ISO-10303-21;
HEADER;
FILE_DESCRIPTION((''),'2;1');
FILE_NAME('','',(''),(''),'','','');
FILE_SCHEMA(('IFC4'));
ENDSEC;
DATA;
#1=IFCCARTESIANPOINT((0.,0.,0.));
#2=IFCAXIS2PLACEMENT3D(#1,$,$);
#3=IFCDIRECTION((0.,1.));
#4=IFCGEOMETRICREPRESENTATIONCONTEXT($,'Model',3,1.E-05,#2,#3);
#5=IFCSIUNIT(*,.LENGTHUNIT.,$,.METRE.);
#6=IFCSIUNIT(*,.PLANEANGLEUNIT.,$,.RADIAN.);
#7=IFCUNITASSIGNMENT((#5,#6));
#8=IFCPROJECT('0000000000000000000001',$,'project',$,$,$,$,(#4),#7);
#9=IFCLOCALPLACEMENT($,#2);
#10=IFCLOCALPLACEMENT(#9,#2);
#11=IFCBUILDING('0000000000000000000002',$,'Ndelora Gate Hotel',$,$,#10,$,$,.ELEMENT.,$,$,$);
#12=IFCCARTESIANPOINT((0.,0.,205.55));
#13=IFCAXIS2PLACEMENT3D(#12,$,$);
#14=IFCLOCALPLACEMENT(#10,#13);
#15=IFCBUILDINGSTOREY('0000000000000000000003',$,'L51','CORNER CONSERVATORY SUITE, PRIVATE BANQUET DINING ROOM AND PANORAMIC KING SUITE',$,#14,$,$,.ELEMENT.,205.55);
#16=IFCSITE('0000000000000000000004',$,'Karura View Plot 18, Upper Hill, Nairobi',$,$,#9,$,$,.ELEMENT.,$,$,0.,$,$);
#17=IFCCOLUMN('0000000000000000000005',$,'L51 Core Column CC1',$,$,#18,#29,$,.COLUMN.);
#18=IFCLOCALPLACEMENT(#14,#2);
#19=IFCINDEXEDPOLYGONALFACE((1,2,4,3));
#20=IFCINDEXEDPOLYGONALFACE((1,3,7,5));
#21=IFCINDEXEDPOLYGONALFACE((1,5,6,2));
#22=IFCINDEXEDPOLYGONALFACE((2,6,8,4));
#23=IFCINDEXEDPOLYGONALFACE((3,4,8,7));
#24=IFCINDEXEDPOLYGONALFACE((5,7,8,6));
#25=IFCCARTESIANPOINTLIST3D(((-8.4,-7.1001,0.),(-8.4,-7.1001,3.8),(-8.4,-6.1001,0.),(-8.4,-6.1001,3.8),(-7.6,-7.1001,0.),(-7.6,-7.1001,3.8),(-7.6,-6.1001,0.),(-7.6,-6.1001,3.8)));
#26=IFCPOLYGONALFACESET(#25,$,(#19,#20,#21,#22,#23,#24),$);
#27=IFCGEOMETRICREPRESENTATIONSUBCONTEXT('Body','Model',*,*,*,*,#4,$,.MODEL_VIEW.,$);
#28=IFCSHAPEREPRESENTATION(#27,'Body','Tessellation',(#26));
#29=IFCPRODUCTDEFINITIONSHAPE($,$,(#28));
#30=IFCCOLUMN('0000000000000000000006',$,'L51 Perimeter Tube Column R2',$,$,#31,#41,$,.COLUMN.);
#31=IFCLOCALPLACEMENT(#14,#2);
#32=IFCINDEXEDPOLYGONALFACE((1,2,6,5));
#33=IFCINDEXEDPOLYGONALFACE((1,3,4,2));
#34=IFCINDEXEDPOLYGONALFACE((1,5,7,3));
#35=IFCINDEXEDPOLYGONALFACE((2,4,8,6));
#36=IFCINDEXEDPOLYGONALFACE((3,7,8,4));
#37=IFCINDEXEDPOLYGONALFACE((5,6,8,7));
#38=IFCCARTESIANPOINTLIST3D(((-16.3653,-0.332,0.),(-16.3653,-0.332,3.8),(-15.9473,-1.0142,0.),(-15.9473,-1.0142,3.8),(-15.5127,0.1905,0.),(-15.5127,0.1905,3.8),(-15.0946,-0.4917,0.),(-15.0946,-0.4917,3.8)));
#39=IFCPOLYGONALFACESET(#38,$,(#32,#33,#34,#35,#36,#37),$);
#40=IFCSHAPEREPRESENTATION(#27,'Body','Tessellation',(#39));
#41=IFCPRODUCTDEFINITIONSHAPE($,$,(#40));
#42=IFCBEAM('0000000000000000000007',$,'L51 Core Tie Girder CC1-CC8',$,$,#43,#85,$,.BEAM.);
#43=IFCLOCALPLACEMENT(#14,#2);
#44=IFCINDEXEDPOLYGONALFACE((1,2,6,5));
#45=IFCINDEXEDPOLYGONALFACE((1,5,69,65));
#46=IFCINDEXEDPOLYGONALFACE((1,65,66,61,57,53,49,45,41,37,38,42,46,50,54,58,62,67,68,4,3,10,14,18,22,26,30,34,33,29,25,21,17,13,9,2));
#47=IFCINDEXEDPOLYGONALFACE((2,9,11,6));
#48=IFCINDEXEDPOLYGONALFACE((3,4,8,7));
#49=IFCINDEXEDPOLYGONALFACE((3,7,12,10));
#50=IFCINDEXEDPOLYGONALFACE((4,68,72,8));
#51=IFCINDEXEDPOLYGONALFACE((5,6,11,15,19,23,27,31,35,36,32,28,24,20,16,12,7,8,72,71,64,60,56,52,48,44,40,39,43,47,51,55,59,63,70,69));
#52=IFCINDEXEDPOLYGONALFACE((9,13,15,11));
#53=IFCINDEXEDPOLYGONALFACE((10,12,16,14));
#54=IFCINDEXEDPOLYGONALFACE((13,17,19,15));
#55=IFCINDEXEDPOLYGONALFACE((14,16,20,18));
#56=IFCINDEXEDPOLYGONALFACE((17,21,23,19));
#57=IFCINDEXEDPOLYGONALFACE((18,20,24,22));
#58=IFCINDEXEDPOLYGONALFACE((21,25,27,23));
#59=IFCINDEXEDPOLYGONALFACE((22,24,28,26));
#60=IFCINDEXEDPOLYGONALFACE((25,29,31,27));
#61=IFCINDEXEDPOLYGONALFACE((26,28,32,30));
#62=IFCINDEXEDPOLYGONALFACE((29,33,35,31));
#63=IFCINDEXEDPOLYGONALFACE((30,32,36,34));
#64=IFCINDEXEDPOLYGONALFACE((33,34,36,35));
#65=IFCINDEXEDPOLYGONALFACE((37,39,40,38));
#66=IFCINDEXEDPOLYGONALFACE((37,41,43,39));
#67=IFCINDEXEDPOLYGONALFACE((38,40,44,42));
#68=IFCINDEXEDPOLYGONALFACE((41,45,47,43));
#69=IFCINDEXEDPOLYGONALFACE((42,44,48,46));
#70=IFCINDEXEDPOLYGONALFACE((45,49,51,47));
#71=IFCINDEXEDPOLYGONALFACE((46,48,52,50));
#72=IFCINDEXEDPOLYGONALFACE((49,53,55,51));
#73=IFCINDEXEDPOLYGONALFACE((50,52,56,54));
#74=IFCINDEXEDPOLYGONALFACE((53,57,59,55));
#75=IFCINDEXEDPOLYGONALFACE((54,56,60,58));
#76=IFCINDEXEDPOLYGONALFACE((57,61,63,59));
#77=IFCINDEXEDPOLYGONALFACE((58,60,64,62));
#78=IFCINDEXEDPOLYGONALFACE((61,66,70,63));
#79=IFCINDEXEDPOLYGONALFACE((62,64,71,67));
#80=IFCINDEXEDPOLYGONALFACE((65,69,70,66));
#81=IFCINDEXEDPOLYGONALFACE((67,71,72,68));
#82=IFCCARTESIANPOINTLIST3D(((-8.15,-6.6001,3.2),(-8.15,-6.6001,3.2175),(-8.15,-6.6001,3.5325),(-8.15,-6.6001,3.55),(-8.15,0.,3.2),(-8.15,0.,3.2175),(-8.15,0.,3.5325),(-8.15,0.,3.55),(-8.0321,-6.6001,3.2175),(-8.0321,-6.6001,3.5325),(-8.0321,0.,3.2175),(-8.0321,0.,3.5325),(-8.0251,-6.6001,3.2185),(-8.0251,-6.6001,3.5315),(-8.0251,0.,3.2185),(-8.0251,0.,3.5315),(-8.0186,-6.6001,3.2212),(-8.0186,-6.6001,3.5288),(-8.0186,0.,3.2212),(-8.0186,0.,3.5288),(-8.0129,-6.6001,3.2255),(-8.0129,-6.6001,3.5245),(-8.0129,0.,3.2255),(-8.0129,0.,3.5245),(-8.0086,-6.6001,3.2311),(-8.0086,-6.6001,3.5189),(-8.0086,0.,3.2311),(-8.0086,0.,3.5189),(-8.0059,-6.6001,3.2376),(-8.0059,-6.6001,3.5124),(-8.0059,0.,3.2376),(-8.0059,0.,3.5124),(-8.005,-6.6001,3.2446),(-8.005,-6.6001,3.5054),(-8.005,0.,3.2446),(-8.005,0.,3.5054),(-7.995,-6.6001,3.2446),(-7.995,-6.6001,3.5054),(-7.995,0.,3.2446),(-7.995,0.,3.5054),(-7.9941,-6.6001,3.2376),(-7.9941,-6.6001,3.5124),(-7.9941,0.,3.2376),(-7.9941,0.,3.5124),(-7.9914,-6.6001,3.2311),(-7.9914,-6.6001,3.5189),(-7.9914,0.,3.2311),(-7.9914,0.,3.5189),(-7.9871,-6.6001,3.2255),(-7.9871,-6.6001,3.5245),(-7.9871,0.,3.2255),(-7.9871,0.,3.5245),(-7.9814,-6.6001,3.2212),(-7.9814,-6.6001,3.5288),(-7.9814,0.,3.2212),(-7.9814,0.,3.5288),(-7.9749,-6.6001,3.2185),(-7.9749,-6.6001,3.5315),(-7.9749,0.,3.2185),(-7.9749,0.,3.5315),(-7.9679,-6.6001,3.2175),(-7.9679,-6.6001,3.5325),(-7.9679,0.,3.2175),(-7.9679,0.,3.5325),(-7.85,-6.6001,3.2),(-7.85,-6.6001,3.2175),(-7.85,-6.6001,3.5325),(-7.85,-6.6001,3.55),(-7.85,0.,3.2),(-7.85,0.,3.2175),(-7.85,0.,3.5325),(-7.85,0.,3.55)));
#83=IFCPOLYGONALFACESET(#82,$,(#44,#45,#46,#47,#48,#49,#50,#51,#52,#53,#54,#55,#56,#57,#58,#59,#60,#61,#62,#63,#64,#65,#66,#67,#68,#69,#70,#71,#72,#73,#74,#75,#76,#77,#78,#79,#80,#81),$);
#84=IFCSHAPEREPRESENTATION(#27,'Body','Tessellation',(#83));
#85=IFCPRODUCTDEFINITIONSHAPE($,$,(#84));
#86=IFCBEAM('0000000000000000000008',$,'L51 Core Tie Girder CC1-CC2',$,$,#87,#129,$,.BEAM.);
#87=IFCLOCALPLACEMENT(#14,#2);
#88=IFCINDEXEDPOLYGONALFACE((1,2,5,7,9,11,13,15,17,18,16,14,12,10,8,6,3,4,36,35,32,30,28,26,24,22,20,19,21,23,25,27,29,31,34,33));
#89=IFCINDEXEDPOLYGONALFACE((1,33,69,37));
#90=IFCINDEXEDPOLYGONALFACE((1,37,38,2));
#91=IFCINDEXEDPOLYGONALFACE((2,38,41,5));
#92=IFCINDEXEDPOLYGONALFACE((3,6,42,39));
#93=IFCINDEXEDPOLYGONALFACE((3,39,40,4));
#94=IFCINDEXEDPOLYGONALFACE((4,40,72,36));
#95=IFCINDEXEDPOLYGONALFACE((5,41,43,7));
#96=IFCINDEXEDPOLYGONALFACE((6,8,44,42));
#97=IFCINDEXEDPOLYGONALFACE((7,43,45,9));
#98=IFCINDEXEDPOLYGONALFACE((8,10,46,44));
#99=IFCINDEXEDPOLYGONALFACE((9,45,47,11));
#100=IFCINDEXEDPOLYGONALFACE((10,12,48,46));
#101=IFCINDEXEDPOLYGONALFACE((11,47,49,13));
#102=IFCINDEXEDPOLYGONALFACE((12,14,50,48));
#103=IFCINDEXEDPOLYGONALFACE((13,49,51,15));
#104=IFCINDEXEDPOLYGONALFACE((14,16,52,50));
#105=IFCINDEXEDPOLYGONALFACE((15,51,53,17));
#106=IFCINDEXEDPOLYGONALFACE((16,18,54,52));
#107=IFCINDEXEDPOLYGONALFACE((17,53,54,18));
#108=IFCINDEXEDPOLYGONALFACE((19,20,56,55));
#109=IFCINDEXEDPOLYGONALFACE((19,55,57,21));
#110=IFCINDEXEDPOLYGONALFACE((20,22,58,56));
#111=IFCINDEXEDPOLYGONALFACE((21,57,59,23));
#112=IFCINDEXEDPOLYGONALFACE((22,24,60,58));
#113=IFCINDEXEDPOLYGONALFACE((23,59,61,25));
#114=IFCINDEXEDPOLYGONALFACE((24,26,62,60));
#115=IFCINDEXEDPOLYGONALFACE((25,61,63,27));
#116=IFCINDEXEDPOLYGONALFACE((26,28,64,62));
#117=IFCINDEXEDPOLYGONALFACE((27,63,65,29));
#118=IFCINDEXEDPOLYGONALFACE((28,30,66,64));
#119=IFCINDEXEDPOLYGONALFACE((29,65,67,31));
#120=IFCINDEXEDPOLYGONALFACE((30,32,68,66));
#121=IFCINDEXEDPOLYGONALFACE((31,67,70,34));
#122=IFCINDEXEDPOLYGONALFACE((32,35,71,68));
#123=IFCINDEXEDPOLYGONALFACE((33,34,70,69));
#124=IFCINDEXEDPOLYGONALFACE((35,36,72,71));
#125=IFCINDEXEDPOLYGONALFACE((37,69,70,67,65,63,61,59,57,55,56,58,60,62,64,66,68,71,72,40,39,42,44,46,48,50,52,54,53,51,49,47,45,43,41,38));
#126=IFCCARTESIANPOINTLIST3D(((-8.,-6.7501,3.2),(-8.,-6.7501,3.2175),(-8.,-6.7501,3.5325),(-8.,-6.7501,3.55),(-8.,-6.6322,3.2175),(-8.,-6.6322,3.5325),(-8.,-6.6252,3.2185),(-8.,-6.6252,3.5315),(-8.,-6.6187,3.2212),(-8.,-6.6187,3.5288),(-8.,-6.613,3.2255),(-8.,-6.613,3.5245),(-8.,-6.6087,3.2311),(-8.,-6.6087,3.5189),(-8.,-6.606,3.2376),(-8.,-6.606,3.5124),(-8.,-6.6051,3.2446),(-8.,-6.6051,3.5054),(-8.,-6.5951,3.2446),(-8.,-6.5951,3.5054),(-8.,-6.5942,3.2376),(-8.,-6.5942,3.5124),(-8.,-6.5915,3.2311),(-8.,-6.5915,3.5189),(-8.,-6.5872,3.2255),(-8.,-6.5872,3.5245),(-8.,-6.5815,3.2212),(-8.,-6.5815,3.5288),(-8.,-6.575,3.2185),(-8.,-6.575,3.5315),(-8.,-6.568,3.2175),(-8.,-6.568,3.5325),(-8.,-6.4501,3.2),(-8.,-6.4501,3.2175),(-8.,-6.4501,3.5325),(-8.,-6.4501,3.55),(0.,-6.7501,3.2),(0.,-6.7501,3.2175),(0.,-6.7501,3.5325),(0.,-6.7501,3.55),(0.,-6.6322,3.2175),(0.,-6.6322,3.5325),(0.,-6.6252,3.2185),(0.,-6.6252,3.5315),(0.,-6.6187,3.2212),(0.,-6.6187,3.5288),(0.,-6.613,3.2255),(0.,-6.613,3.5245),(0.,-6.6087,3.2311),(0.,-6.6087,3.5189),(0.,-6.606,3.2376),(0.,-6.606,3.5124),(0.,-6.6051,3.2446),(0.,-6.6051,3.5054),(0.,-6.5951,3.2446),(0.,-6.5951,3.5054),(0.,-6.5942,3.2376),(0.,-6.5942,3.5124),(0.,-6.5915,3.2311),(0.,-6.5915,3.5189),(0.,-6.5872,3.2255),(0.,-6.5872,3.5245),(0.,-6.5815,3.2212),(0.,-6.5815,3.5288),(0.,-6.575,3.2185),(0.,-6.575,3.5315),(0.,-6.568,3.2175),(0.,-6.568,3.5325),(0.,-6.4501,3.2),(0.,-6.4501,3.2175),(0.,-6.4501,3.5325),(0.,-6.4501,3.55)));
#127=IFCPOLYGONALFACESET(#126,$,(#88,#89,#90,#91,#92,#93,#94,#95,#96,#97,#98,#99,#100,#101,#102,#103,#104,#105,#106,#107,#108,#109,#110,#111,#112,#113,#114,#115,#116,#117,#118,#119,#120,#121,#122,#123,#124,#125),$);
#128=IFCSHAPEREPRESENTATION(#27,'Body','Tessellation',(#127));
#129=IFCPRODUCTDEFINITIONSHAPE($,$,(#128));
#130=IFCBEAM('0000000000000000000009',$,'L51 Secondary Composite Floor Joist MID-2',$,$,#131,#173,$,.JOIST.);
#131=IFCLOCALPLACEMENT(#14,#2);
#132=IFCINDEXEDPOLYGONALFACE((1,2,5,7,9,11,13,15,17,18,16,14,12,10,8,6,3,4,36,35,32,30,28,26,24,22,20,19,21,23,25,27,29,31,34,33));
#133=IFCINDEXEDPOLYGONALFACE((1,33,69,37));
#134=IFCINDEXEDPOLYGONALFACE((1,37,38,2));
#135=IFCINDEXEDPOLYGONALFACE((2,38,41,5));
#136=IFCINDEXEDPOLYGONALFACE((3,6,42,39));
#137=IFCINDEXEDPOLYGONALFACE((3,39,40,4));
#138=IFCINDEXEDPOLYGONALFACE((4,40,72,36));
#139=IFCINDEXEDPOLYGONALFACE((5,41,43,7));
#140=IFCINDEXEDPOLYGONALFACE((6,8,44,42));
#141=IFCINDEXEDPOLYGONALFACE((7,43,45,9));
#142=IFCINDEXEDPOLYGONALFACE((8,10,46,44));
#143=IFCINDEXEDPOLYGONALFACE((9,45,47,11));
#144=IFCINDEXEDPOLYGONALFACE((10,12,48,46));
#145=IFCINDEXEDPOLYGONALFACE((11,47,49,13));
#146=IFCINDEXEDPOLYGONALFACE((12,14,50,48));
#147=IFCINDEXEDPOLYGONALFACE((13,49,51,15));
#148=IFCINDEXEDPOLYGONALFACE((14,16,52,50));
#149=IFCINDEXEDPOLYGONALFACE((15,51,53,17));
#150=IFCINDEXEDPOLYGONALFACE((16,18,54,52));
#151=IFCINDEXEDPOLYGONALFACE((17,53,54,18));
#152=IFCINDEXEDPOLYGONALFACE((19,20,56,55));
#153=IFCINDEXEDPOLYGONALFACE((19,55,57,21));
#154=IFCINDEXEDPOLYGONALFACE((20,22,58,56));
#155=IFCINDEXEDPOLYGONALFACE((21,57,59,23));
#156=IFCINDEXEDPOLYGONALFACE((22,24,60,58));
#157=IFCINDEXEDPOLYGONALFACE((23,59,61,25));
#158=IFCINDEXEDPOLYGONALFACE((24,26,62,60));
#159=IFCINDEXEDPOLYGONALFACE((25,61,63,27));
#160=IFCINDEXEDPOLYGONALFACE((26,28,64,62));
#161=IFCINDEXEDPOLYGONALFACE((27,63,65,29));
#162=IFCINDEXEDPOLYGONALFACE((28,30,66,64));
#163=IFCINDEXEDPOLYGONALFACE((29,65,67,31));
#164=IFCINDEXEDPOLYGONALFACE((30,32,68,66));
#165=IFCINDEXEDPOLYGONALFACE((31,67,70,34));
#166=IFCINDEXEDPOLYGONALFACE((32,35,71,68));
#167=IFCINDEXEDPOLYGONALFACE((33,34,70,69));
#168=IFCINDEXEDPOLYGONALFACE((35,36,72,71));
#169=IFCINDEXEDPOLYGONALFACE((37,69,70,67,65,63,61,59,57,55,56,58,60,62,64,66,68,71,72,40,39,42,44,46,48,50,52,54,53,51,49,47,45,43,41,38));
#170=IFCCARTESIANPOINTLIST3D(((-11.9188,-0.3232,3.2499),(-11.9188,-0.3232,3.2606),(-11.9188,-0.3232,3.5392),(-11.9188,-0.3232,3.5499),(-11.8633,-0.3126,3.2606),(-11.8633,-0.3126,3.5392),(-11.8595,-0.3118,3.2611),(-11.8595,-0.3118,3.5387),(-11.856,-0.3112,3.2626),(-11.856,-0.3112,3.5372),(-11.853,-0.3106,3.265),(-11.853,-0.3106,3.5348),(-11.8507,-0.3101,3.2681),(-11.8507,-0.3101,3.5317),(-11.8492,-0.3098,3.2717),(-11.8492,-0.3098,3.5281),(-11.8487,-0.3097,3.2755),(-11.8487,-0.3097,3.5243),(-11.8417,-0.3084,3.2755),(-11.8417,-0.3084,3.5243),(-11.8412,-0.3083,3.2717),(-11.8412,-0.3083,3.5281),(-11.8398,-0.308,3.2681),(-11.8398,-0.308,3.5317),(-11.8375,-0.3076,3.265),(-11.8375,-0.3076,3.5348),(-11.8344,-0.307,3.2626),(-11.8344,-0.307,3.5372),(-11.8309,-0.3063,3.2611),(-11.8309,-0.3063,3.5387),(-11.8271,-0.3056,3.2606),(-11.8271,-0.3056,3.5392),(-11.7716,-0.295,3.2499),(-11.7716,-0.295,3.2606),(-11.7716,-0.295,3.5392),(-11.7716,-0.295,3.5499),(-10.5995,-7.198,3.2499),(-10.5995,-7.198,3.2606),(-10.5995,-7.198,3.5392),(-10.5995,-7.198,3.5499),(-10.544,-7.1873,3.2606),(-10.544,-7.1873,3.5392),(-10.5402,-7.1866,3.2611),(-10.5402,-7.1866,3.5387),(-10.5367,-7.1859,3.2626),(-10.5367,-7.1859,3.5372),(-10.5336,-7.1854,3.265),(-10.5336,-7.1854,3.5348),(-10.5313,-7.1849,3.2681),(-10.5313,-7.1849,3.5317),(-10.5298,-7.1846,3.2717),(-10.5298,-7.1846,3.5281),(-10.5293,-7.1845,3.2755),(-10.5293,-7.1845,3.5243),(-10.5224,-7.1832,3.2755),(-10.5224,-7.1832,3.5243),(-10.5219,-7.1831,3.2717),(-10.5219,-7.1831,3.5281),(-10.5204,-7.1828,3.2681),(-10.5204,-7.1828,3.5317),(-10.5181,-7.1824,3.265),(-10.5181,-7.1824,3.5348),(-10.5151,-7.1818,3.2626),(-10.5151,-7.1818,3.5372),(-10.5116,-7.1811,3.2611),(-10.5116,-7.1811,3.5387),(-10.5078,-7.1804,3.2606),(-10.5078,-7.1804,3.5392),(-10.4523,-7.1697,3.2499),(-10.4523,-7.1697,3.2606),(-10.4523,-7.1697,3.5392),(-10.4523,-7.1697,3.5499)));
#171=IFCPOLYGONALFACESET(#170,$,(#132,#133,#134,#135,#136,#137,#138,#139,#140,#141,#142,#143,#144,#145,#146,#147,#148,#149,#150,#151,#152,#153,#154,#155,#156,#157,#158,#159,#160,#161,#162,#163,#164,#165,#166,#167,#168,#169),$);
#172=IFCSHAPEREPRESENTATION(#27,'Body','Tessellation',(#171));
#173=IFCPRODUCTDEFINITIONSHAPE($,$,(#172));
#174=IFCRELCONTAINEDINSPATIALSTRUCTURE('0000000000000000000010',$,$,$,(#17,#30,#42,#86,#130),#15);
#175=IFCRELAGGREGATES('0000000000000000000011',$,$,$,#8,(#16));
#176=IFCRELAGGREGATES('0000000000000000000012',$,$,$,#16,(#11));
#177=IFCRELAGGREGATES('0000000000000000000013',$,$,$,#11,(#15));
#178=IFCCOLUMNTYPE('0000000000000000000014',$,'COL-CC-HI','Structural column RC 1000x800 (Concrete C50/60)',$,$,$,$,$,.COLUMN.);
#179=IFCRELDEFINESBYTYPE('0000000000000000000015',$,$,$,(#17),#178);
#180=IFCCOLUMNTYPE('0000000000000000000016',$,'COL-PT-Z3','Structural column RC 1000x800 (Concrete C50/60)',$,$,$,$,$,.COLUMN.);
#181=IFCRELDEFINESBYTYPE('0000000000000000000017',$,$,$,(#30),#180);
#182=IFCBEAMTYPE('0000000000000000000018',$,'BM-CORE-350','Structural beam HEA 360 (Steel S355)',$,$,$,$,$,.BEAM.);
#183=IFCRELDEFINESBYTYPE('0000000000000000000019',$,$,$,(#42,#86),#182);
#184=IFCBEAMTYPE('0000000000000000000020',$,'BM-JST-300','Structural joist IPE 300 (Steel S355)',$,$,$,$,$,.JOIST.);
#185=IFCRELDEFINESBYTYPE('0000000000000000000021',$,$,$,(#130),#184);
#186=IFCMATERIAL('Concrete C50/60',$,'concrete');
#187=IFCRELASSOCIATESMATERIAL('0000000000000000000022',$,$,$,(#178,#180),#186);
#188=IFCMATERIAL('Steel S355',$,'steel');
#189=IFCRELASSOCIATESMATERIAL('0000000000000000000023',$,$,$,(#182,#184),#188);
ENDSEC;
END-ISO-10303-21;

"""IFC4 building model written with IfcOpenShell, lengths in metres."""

from ifc_helpers import new_model, si_unit, direction, frame, origin, origin_2d, place, context, subcontext, project, spatial, rectangle, i_section, extrude, material, material_profile, profile_set, type_object, element, save


model = new_model("IFC4")

# Units and contexts
model_context = context("Model", 3, precision=1e-05, world=origin(), true_north=direction((0.0, 1.0)))
body_context = subcontext(model_context, "Body", "Model", "MODEL_VIEW")
ifc_project = project(units=[si_unit("LENGTHUNIT", "METRE"), si_unit("PLANEANGLEUNIT", "RADIAN")], contexts=[model_context])

# Site, building, storey
site_placement = place(None, origin())
site = spatial("IfcSite", under=ifc_project, at=site_placement, Name="Karura View Plot 18, Upper Hill, Nairobi", CompositionType="ELEMENT", RefElevation=0.0)
building_placement = place(site_placement, origin())
building = spatial("IfcBuilding", under=site, at=building_placement, Name="Ndelora Gate Hotel", CompositionType="ELEMENT")
storey_placement = place(building_placement, frame((0.0, 0.0, 205.55)))
storey = spatial("IfcBuildingStorey", under=building, at=storey_placement, Name="L51", Description="CORNER CONSERVATORY SUITE, PRIVATE BANQUET DINING ROOM AND PANORAMIC KING SUITE", CompositionType="ELEMENT", Elevation=205.55)

# Columns
ifc_material_1 = material(Name="Concrete C50/60", Category="concrete")
ifc_material_profile_1 = material_profile(ifc_material_1, rectangle(XDim=0.8, YDim=1.0, at=origin_2d()), Name="RC 1000x800")
ifc_profile_set_1 = profile_set([ifc_material_profile_1], Name="Concrete C50/60")
column_type_1 = type_object("IfcColumnType", Name="COL-CC-HI", Description="Structural column RC 1000x800 (Concrete C50/60)", PredefinedType="COLUMN", material=ifc_profile_set_1)
column_1_placement = place(storey_placement, frame((-8.0, -6.6001, 0.0), z_axis=(0.0, 0.0, 1.0), x_axis=(1.0, 0.0, 0.0)))
element("IfcColumn", 1, at=column_1_placement, inside=storey, type_object=column_type_1, Name="L51 Core Column CC1", PredefinedType="COLUMN", context=body_context, shape_type="SweptSolid", body=[
    extrude(rectangle(XDim=0.8, YDim=1.0, at=origin_2d()), origin(), (0.0, 0.0, 1.0), 3.8),
])
ifc_material_profile_2 = material_profile(ifc_material_1, rectangle(XDim=0.8, YDim=1.0, at=origin_2d()), Name="RC 1000x800")
ifc_profile_set_2 = profile_set([ifc_material_profile_2], Name="Concrete C50/60")
column_type_2 = type_object("IfcColumnType", Name="COL-PT-Z3", Description="Structural column RC 1000x800 (Concrete C50/60)", PredefinedType="COLUMN", material=ifc_profile_set_2)
column_2_placement = place(storey_placement, frame((-15.73, -0.4119, 0.0), z_axis=(0.0, 0.0, 1.0), x_axis=(-0.522499, 0.85264, 0.0)))
element("IfcColumn", 2, at=column_2_placement, inside=storey, type_object=column_type_2, Name="L51 Perimeter Tube Column R2", PredefinedType="COLUMN", context=body_context, shape_type="SweptSolid", body=[
    extrude(rectangle(XDim=0.8, YDim=1.0, at=origin_2d()), origin(), (0.0, 0.0, 1.0), 3.8),
])

# Beams
ifc_material_2 = material(Name="Steel S355", Category="steel")
ifc_material_profile_3 = material_profile(ifc_material_2, i_section(OverallWidth=0.3, OverallDepth=0.3501, WebThickness=0.01, FlangeThickness=0.0176, FilletRadius=0.0271, at=origin_2d()), Name="HEA 360")
ifc_profile_set_3 = profile_set([ifc_material_profile_3], Name="Steel S355")
beam_type_1 = type_object("IfcBeamType", Name="BM-CORE-350", Description="Structural beam HEA 360 (Steel S355)", PredefinedType="BEAM", material=ifc_profile_set_3)
beam_1_placement = place(storey_placement, frame((-8.0, -6.6001, 3.375), z_axis=(0.0, 1.0, 0.0), x_axis=(-1.0, 0.0, 0.0)))
element("IfcBeam", 3, at=beam_1_placement, inside=storey, type_object=beam_type_1, Name="L51 Core Tie Girder CC1-CC8", PredefinedType="BEAM", context=body_context, shape_type="SweptSolid", body=[
    extrude(i_section(OverallWidth=0.3, OverallDepth=0.3501, WebThickness=0.01, FlangeThickness=0.0176, FilletRadius=0.0271, at=origin_2d()), origin(), (0.0, 0.0, 1.0), 6.6001),
])
beam_2_placement = place(storey_placement, frame((-8.0, -6.6001, 3.375), z_axis=(1.0, 0.0, 0.0), x_axis=(0.0, 1.0, 0.0)))
element("IfcBeam", 4, at=beam_2_placement, inside=storey, type_object=beam_type_1, Name="L51 Core Tie Girder CC1-CC2", PredefinedType="BEAM", context=body_context, shape_type="SweptSolid", body=[
    extrude(i_section(OverallWidth=0.3, OverallDepth=0.3501, WebThickness=0.01, FlangeThickness=0.0176, FilletRadius=0.0271, at=origin_2d()), origin(), (0.0, 0.0, 1.0), 8.0),
])
ifc_material_profile_4 = material_profile(ifc_material_2, i_section(OverallWidth=0.1499, OverallDepth=0.3, WebThickness=0.0071, FlangeThickness=0.0107, FilletRadius=0.0149, at=origin_2d()), Name="IPE 300")
ifc_profile_set_4 = profile_set([ifc_material_profile_4], Name="Steel S355")
beam_type_2 = type_object("IfcBeamType", Name="BM-JST-300", Description="Structural joist IPE 300 (Steel S355)", PredefinedType="JOIST", material=ifc_profile_set_4)
beam_3_placement = place(storey_placement, frame((-11.8452, -0.3091, 3.3999), z_axis=(0.188471, -0.982079, 0.0), x_axis=(0.982079, 0.188471, 0.0)))
element("IfcBeam", 5, at=beam_3_placement, inside=storey, type_object=beam_type_2, Name="L51 Secondary Composite Floor Joist MID-2", PredefinedType="JOIST", context=body_context, shape_type="SweptSolid", body=[
    extrude(i_section(OverallWidth=0.1499, OverallDepth=0.3, WebThickness=0.0071, FlangeThickness=0.0107, FilletRadius=0.0149, at=origin_2d()), origin(), (0.0, 0.0, 1.0), 7.0002),
])

save(model, "model.ifc")
